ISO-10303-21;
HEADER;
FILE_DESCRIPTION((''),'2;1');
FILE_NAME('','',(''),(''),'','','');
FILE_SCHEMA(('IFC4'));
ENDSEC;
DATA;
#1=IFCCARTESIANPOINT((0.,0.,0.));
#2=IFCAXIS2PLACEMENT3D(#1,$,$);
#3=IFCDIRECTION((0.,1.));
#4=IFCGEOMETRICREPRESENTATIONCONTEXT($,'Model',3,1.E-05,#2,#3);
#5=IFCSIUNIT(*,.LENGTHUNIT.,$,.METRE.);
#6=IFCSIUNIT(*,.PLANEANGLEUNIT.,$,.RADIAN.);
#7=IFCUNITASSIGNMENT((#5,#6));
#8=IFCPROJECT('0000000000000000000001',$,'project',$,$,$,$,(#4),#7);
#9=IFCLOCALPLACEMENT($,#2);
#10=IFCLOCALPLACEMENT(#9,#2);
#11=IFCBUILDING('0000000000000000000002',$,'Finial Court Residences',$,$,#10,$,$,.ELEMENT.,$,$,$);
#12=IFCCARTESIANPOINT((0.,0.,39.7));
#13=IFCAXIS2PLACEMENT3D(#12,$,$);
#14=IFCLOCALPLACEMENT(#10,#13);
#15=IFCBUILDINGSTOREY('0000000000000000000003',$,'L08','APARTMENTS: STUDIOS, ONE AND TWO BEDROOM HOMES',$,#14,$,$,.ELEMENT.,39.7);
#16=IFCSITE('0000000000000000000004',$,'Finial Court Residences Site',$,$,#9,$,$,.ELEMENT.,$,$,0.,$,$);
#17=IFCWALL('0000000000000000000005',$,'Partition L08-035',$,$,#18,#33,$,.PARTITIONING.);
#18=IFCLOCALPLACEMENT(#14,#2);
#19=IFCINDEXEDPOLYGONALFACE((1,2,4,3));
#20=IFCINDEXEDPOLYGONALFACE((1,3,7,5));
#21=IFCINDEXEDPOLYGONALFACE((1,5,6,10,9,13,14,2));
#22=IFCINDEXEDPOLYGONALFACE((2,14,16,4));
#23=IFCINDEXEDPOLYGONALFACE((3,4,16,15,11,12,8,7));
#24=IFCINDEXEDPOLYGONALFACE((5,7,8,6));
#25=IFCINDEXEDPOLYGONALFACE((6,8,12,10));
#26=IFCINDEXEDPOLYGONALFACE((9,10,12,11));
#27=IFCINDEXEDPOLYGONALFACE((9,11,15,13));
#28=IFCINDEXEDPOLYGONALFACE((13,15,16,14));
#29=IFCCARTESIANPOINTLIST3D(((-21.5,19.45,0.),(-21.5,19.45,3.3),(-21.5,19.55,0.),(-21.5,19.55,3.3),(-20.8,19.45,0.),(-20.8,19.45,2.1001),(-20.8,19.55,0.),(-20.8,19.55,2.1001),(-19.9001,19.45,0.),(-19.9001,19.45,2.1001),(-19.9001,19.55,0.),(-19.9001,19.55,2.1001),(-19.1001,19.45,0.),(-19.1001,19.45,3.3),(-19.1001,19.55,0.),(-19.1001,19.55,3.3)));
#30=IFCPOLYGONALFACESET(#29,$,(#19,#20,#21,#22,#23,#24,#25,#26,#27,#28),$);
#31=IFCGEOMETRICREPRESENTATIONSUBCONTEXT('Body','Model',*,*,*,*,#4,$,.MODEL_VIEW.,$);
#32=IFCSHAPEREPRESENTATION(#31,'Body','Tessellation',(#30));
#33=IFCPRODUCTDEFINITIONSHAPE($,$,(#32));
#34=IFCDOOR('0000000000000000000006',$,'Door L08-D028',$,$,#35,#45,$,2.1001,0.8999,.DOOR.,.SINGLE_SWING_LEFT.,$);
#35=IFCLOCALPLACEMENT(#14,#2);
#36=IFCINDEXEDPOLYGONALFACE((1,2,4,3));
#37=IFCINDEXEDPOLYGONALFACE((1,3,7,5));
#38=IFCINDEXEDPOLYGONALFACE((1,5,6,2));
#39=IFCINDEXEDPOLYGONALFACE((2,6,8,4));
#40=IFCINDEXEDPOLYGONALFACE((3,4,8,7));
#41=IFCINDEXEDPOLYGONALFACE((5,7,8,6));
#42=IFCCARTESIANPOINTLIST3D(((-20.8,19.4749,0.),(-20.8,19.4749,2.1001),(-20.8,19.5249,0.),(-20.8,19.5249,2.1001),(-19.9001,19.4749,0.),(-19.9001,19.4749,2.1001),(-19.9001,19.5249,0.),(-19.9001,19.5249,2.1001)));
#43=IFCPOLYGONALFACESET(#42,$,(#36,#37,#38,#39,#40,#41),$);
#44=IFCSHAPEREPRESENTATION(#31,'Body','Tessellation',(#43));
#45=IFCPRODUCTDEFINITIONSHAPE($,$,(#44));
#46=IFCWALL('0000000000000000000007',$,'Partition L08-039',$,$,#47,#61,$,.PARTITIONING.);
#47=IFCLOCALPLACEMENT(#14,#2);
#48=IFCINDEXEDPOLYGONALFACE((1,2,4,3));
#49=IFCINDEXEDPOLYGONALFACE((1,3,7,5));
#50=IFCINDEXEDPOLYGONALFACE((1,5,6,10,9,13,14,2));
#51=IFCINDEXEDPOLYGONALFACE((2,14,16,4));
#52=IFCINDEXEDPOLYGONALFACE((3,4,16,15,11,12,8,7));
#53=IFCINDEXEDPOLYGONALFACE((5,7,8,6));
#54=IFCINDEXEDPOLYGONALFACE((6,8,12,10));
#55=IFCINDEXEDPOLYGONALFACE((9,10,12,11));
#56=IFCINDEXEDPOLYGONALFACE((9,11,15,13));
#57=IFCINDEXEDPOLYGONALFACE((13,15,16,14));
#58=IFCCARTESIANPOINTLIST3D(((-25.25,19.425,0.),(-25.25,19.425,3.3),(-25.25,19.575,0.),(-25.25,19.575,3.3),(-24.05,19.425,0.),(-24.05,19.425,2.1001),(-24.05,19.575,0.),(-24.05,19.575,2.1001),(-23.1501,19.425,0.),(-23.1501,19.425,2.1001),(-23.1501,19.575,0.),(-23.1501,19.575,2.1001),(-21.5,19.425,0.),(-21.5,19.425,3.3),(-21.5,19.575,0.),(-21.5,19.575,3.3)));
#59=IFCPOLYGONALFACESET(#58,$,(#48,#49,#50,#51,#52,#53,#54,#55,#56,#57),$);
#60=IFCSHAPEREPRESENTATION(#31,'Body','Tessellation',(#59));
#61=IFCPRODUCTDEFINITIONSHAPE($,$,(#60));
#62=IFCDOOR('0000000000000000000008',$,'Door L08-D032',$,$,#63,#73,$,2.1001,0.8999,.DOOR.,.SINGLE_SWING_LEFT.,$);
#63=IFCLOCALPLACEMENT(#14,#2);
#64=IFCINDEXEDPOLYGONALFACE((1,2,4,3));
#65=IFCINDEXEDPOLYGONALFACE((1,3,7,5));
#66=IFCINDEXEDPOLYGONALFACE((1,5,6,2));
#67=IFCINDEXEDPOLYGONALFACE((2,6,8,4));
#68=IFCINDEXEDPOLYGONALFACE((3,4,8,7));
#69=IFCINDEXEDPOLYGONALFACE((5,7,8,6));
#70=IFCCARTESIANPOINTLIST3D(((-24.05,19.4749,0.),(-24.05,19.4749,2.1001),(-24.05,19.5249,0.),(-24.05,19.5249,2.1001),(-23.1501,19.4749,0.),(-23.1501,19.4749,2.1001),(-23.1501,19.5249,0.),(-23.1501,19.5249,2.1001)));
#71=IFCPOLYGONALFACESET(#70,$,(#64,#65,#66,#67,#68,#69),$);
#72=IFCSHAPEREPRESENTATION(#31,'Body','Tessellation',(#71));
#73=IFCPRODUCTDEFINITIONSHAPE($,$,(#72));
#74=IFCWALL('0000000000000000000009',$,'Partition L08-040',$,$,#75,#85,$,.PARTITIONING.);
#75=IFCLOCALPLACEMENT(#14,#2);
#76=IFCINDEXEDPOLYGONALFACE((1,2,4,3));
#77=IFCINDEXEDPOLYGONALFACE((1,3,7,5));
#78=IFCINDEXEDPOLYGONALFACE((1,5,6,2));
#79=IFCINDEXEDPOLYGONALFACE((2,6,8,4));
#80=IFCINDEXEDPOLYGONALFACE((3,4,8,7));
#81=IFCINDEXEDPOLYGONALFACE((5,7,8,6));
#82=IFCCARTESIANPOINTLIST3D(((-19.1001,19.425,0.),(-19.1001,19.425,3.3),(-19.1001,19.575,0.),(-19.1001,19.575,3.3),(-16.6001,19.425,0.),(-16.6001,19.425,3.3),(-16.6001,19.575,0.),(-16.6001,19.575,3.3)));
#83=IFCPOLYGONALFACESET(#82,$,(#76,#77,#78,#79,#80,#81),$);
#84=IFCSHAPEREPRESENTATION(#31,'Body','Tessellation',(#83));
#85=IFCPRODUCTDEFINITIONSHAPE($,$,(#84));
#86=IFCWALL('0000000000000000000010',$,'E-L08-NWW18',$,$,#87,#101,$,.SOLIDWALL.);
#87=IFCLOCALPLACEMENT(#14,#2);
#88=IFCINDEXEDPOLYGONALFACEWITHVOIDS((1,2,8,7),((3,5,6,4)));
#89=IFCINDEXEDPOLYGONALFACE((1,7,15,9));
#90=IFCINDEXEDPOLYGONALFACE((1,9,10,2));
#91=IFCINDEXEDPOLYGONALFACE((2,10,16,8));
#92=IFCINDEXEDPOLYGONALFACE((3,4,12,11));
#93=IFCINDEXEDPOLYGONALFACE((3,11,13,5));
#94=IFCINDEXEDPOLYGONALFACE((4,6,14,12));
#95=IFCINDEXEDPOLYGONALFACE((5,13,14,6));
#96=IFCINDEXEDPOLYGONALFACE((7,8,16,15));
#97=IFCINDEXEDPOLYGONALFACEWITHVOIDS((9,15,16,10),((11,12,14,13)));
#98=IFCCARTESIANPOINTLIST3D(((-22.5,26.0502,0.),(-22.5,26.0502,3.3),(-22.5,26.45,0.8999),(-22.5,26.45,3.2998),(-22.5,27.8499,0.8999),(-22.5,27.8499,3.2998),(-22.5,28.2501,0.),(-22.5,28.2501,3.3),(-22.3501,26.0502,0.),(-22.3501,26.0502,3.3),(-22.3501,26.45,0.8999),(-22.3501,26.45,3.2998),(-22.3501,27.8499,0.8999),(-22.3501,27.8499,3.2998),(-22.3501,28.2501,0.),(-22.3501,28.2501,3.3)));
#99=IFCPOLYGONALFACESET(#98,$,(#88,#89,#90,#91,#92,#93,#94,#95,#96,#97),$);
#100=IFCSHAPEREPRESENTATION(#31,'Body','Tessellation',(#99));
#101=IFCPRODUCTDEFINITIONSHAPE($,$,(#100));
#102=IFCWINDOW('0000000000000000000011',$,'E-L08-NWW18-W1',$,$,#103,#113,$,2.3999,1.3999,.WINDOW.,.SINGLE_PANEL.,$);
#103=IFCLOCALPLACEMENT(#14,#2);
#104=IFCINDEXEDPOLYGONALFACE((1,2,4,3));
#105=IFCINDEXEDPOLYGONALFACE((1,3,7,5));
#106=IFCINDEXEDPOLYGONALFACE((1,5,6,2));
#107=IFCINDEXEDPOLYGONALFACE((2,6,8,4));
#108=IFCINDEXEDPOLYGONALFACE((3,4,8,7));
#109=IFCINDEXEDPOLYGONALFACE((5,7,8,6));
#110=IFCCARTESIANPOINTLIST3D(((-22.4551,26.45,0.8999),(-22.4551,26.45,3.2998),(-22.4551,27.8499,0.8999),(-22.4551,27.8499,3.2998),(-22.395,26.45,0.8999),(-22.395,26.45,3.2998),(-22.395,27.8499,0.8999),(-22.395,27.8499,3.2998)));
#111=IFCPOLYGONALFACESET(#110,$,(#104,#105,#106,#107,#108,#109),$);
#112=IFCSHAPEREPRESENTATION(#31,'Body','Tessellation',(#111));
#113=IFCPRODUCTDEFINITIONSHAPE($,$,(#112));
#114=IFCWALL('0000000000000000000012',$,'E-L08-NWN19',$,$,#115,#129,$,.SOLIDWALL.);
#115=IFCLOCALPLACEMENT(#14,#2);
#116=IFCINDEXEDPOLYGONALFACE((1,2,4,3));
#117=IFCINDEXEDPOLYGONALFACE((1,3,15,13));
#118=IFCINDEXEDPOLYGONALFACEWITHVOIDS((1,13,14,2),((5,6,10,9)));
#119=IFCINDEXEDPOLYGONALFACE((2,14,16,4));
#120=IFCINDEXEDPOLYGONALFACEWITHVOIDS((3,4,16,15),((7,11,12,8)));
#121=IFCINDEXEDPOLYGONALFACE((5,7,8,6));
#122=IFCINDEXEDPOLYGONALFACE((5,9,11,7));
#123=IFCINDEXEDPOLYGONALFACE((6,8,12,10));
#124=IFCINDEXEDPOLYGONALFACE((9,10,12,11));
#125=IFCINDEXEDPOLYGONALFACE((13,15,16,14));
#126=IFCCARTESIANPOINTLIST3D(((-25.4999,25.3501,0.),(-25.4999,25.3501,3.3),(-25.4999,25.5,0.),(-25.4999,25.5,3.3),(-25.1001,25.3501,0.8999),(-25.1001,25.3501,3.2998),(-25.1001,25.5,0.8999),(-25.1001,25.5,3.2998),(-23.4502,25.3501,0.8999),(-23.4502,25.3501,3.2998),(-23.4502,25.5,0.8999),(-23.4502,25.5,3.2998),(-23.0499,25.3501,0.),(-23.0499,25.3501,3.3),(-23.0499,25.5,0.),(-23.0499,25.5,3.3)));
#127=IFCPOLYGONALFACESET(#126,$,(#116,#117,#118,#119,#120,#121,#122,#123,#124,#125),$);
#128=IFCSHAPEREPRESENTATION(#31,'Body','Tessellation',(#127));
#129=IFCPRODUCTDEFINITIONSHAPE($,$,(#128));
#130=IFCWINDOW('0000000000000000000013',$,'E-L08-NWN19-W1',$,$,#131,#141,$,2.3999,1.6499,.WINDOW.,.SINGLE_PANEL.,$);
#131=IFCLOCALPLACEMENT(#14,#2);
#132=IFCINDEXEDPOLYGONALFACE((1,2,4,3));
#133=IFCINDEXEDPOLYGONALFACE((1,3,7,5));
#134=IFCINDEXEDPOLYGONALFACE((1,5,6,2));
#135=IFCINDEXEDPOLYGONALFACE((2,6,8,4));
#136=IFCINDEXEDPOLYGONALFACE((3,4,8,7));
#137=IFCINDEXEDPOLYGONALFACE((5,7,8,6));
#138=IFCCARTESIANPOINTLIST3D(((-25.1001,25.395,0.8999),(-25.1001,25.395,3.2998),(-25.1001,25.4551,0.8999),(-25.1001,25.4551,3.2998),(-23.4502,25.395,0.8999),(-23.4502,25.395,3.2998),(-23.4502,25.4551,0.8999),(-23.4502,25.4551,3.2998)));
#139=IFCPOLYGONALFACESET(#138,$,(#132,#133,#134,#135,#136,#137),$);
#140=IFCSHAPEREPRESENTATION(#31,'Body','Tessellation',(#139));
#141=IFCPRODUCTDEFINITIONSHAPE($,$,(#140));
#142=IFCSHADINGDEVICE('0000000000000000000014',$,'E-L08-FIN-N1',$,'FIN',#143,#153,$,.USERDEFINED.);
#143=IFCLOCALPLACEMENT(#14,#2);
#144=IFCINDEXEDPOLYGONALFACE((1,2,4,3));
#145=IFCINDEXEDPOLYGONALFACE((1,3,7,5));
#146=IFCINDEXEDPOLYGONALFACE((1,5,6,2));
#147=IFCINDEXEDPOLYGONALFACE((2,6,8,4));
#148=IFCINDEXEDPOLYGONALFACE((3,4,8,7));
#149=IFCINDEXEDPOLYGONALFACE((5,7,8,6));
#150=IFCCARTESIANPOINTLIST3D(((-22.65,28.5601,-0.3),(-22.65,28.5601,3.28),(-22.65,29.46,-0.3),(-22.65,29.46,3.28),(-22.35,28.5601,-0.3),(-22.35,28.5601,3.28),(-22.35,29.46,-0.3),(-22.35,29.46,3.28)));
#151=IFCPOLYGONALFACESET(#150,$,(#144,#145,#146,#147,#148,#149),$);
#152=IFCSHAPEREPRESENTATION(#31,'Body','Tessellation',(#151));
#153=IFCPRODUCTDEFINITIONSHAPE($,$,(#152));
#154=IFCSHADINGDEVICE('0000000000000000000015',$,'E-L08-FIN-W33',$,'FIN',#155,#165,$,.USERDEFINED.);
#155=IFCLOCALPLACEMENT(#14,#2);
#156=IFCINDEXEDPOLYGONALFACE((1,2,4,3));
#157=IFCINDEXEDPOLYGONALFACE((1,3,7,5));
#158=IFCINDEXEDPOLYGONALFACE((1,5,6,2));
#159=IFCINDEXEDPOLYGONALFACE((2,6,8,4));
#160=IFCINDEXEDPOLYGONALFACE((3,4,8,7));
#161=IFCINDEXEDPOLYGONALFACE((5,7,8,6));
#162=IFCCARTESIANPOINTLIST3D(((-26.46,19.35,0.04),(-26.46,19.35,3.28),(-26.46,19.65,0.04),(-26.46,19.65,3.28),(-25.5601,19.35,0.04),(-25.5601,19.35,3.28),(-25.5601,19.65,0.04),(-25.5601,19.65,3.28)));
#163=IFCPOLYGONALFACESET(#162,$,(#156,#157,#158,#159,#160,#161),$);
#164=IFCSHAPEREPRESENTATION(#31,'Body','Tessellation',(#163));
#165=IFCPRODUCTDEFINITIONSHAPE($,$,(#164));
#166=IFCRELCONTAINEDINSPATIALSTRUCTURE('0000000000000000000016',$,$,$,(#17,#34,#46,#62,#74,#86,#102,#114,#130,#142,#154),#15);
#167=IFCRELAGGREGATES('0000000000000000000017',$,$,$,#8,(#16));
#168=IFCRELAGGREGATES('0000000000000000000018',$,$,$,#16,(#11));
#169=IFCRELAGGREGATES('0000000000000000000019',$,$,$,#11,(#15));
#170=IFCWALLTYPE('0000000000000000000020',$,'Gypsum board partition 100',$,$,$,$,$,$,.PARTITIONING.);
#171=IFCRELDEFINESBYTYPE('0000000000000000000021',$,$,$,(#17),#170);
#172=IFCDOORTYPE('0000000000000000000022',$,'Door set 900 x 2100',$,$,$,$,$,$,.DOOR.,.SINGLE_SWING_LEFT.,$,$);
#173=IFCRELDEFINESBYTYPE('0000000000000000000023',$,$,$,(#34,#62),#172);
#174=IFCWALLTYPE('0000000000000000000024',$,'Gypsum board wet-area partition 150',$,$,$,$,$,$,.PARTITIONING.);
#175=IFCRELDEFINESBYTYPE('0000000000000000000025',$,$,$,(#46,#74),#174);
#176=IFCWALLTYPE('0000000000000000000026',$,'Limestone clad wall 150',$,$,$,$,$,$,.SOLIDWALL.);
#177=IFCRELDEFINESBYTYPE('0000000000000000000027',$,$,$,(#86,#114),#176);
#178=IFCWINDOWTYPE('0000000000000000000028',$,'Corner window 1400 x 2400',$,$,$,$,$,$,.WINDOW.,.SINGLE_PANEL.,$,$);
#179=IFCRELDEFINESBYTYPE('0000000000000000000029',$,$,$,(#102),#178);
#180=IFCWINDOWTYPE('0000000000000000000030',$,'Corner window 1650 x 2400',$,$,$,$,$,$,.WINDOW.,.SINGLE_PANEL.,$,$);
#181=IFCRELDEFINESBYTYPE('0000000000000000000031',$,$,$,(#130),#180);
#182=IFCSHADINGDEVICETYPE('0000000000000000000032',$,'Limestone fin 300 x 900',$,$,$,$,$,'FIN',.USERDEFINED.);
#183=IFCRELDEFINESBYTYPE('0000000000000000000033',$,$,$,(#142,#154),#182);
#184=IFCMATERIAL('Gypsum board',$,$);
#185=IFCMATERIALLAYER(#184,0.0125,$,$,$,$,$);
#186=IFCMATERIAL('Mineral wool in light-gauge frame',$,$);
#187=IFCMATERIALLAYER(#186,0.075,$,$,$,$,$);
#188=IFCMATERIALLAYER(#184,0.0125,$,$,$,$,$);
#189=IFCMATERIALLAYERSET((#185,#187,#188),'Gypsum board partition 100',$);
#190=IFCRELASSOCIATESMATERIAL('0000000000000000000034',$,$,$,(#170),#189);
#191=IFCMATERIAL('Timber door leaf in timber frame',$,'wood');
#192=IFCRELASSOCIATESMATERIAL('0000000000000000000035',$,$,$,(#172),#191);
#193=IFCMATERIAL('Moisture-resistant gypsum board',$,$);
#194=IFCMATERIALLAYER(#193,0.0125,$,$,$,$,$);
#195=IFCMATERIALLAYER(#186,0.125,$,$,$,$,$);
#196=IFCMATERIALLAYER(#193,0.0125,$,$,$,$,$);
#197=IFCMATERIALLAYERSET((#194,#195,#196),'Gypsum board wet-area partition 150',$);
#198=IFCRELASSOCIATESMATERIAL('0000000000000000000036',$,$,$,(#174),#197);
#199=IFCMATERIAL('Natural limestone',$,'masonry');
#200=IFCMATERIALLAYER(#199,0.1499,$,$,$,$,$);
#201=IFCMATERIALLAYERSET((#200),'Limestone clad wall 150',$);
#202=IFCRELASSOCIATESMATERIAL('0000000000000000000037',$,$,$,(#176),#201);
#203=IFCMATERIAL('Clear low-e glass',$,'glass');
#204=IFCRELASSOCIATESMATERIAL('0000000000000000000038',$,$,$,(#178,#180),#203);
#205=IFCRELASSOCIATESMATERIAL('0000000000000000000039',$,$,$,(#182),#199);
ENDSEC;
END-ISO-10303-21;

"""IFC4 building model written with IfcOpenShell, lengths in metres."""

from ifc_helpers import new_model, si_unit, direction, frame, frame_2d, origin, origin_2d, place, context, subcontext, project, spatial, rectangle, extrude, material, layer, layer_set, type_object, element, fill, save


model = new_model("IFC4")

# Units and contexts
model_context = context("Model", 3, precision=1e-05, world=origin(), true_north=direction((0.0, 1.0)))
body_context = subcontext(model_context, "Body", "Model", "MODEL_VIEW")
ifc_project = project(units=[si_unit("LENGTHUNIT", "METRE"), si_unit("PLANEANGLEUNIT", "RADIAN")], contexts=[model_context])

# Site, building, storey
site_placement = place(None, origin())
site = spatial("IfcSite", under=ifc_project, at=site_placement, Name="Finial Court Residences Site", CompositionType="ELEMENT", RefElevation=0.0)
building_placement = place(site_placement, origin())
building = spatial("IfcBuilding", under=site, at=building_placement, Name="Finial Court Residences", CompositionType="ELEMENT")
storey_placement = place(building_placement, frame((0.0, 0.0, 39.7)))
storey = spatial("IfcBuildingStorey", under=building, at=storey_placement, Name="L08", Description="APARTMENTS: STUDIOS, ONE AND TWO BEDROOM HOMES", CompositionType="ELEMENT", Elevation=39.7)

# Shared definitions
ifc_material_1 = material(Name="Clear low-e glass", Category="glass")

# Walls, openings, doors
ifc_material_2 = material(Name="Gypsum board")
ifc_layer_1 = layer(ifc_material_2, 0.0125)
ifc_material_3 = material(Name="Mineral wool in light-gauge frame")
ifc_layer_2 = layer(ifc_material_3, 0.075)
ifc_layer_3 = layer(ifc_material_2, 0.0125)
ifc_layer_set_1 = layer_set([ifc_layer_1, ifc_layer_2, ifc_layer_3], Name="Gypsum board partition 100")
wall_type_1 = type_object("IfcWallType", Name="Gypsum board partition 100", PredefinedType="PARTITIONING", material=ifc_layer_set_1)
wall_1_placement = place(storey_placement, frame((-21.5, 19.5, 0.0), z_axis=(0.0, 0.0, 1.0), x_axis=(1.0, 0.0, 0.0)))
wall_1 = element("IfcWall", 1, at=wall_1_placement, inside=storey, type_object=wall_type_1, Name="Partition L08-035", PredefinedType="PARTITIONING", context=body_context, shape_type="SweptSolid", body=[
    extrude(rectangle(XDim=2.3999, YDim=0.1001, at=frame_2d((1.2, 0.0))), origin(), (0.0, 0.0, 1.0), 3.3),
])
opening_1_placement = place(wall_1_placement, frame((0.7, 0.0, 0.0)))
opening_1 = element("IfcOpeningElement", 2, at=opening_1_placement, cuts=wall_1, PredefinedType="OPENING", context=body_context, shape_type="SweptSolid", body=[
    extrude(rectangle(XDim=0.8999, YDim=2.1001, at=frame_2d((0.45, 1.05))), frame((0.0, 0.0601, 0.0), z_axis=(0.0, -1.0, 0.0), x_axis=(1.0, 0.0, 0.0)), (0.0, 0.0, 1.0), 0.1201),
])
ifc_material_4 = material(Name="Timber door leaf in timber frame", Category="wood")
door_type = type_object("IfcDoorType", Name="Door set 900 x 2100", OperationType="SINGLE_SWING_LEFT", PredefinedType="DOOR", material=ifc_material_4)
door_1_placement = place(opening_1_placement, origin())
door_1 = element("IfcDoor", 3, at=door_1_placement, inside=storey, type_object=door_type, Name="Door L08-D028", OperationType="SINGLE_SWING_LEFT", OverallHeight=2.1001, OverallWidth=0.8999, PredefinedType="DOOR", context=body_context, shape_type="SweptSolid", body=[
    extrude(rectangle(XDim=0.8999, YDim=2.1001, at=frame_2d((0.45, 1.05))), frame((0.0, 0.0249, 0.0), z_axis=(0.0, -1.0, 0.0), x_axis=(1.0, 0.0, 0.0)), (0.0, 0.0, 1.0), 0.05),
])
fill(opening_1, door_1)
ifc_material_5 = material(Name="Moisture-resistant gypsum board")
ifc_layer_4 = layer(ifc_material_5, 0.0125)
ifc_layer_5 = layer(ifc_material_3, 0.125)
ifc_layer_6 = layer(ifc_material_5, 0.0125)
ifc_layer_set_2 = layer_set([ifc_layer_4, ifc_layer_5, ifc_layer_6], Name="Gypsum board wet-area partition 150")
wall_type_2 = type_object("IfcWallType", Name="Gypsum board wet-area partition 150", PredefinedType="PARTITIONING", material=ifc_layer_set_2)
wall_2_placement = place(storey_placement, frame((-25.25, 19.5, 0.0), z_axis=(0.0, 0.0, 1.0), x_axis=(1.0, 0.0, 0.0)))
wall_2 = element("IfcWall", 4, at=wall_2_placement, inside=storey, type_object=wall_type_2, Name="Partition L08-039", PredefinedType="PARTITIONING", context=body_context, shape_type="SweptSolid", body=[
    extrude(rectangle(XDim=3.75, YDim=0.1499, at=frame_2d((1.875, 0.0))), origin(), (0.0, 0.0, 1.0), 3.3),
])
opening_2_placement = place(wall_2_placement, frame((1.2, 0.0, 0.0)))
opening_2 = element("IfcOpeningElement", 5, at=opening_2_placement, cuts=wall_2, PredefinedType="OPENING", context=body_context, shape_type="SweptSolid", body=[
    extrude(rectangle(XDim=0.8999, YDim=2.1001, at=frame_2d((0.45, 1.05))), frame((0.0, 0.085, 0.0), z_axis=(0.0, -1.0, 0.0), x_axis=(1.0, 0.0, 0.0)), (0.0, 0.0, 1.0), 0.1699),
])
door_2_placement = place(opening_2_placement, origin())
door_2 = element("IfcDoor", 6, at=door_2_placement, inside=storey, type_object=door_type, Name="Door L08-D032", OperationType="SINGLE_SWING_LEFT", OverallHeight=2.1001, OverallWidth=0.8999, PredefinedType="DOOR", context=body_context, shape_type="SweptSolid", body=[
    extrude(rectangle(XDim=0.8999, YDim=2.1001, at=frame_2d((0.45, 1.05))), frame((0.0, 0.0249, 0.0), z_axis=(0.0, -1.0, 0.0), x_axis=(1.0, 0.0, 0.0)), (0.0, 0.0, 1.0), 0.05),
])
fill(opening_2, door_2)

# Wall
wall_3_placement = place(storey_placement, frame((-19.1001, 19.5, 0.0), z_axis=(0.0, 0.0, 1.0), x_axis=(1.0, 0.0, 0.0)))
element("IfcWall", 7, at=wall_3_placement, inside=storey, type_object=wall_type_2, Name="Partition L08-040", PredefinedType="PARTITIONING", context=body_context, shape_type="SweptSolid", body=[
    extrude(rectangle(XDim=2.5, YDim=0.1499, at=frame_2d((1.25, 0.0))), origin(), (0.0, 0.0, 1.0), 3.3),
])

# Walls, openings, windows
ifc_material_6 = material(Name="Natural limestone", Category="masonry")
ifc_layer_7 = layer(ifc_material_6, 0.1499)
ifc_layer_set_3 = layer_set([ifc_layer_7], Name="Limestone clad wall 150")
wall_type_3 = type_object("IfcWallType", Name="Limestone clad wall 150", PredefinedType="SOLIDWALL", material=ifc_layer_set_3)
wall_4_placement = place(storey_placement, frame((-22.425, 26.05, 0.0), z_axis=(0.0, 0.0, 1.0), x_axis=(0.0, 1.0, 0.0)))
wall_4 = element("IfcWall", 8, at=wall_4_placement, inside=storey, type_object=wall_type_3, Name="E-L08-NWW18", PredefinedType="SOLIDWALL", context=body_context, shape_type="SweptSolid", body=[
    extrude(rectangle(XDim=2.2, YDim=0.1499, at=frame_2d((1.1001, 0.0))), origin(), (0.0, 0.0, 1.0), 3.3),
])
opening_3_placement = place(wall_4_placement, frame((0.3999, 0.0, 0.8999)))
opening_3 = element("IfcOpeningElement", 9, at=opening_3_placement, cuts=wall_4, PredefinedType="OPENING", context=body_context, shape_type="SweptSolid", body=[
    extrude(rectangle(XDim=1.3999, YDim=2.3999, at=frame_2d((0.7, 1.2))), frame((0.0, 0.085, 0.0), z_axis=(0.0, -1.0, 0.0), x_axis=(1.0, 0.0, 0.0)), (0.0, 0.0, 1.0), 0.1699),
])
window_type_1 = type_object("IfcWindowType", Name="Corner window 1400 x 2400", PartitioningType="SINGLE_PANEL", PredefinedType="WINDOW", material=ifc_material_1)
window_1_placement = place(opening_3_placement, origin())
window_1 = element("IfcWindow", 10, at=window_1_placement, inside=storey, type_object=window_type_1, Name="E-L08-NWW18-W1", OverallHeight=2.3999, OverallWidth=1.3999, PartitioningType="SINGLE_PANEL", PredefinedType="WINDOW", context=body_context, shape_type="SweptSolid", body=[
    extrude(rectangle(XDim=1.3999, YDim=2.3999, at=frame_2d((0.7, 1.2))), frame((0.0, 0.03, 0.0), z_axis=(0.0, -1.0, 0.0), x_axis=(1.0, 0.0, 0.0)), (0.0, 0.0, 1.0), 0.0601),
])
fill(opening_3, window_1)
wall_5_placement = place(storey_placement, frame((-25.5, 25.425, 0.0), z_axis=(0.0, 0.0, 1.0), x_axis=(1.0, 0.0, 0.0)))
wall_5 = element("IfcWall", 11, at=wall_5_placement, inside=storey, type_object=wall_type_3, Name="E-L08-NWN19", PredefinedType="SOLIDWALL", context=body_context, shape_type="SweptSolid", body=[
    extrude(rectangle(XDim=2.45, YDim=0.1499, at=frame_2d((1.2251, 0.0))), origin(), (0.0, 0.0, 1.0), 3.3),
])
opening_4_placement = place(wall_5_placement, frame((0.3999, 0.0, 0.8999)))
opening_4 = element("IfcOpeningElement", 12, at=opening_4_placement, cuts=wall_5, PredefinedType="OPENING", context=body_context, shape_type="SweptSolid", body=[
    extrude(rectangle(XDim=1.6499, YDim=2.3999, at=frame_2d((0.825, 1.2))), frame((0.0, 0.085, 0.0), z_axis=(0.0, -1.0, 0.0), x_axis=(1.0, 0.0, 0.0)), (0.0, 0.0, 1.0), 0.1699),
])
window_type_2 = type_object("IfcWindowType", Name="Corner window 1650 x 2400", PartitioningType="SINGLE_PANEL", PredefinedType="WINDOW", material=ifc_material_1)
window_2_placement = place(opening_4_placement, origin())
window_2 = element("IfcWindow", 13, at=window_2_placement, inside=storey, type_object=window_type_2, Name="E-L08-NWN19-W1", OverallHeight=2.3999, OverallWidth=1.6499, PartitioningType="SINGLE_PANEL", PredefinedType="WINDOW", context=body_context, shape_type="SweptSolid", body=[
    extrude(rectangle(XDim=1.6499, YDim=2.3999, at=frame_2d((0.825, 1.2))), frame((0.0, 0.03, 0.0), z_axis=(0.0, -1.0, 0.0), x_axis=(1.0, 0.0, 0.0)), (0.0, 0.0, 1.0), 0.0601),
])
fill(opening_4, window_2)

# Shading devices
shading_device_type = type_object("IfcShadingDeviceType", Name="Limestone fin 300 x 900", ElementType="FIN", PredefinedType="USERDEFINED", material=ifc_material_6)
shading_device_1_placement = place(storey_placement, frame((-22.5, 29.01, -0.3), z_axis=(0.0, 0.0, 1.0), x_axis=(1.0, 0.0, 0.0)))
element("IfcShadingDevice", 14, at=shading_device_1_placement, inside=storey, type_object=shading_device_type, Name="E-L08-FIN-N1", ObjectType="FIN", PredefinedType="USERDEFINED", context=body_context, shape_type="SweptSolid", body=[
    extrude(rectangle(XDim=0.3, YDim=0.8999, at=origin_2d()), origin(), (0.0, 0.0, 1.0), 3.5801),
])
shading_device_2_placement = place(storey_placement, frame((-26.01, 19.5, 0.04), z_axis=(0.0, 0.0, 1.0), x_axis=(1.0, 0.0, 0.0)))
element("IfcShadingDevice", 15, at=shading_device_2_placement, inside=storey, type_object=shading_device_type, Name="E-L08-FIN-W33", ObjectType="FIN", PredefinedType="USERDEFINED", context=body_context, shape_type="SweptSolid", body=[
    extrude(rectangle(XDim=0.8999, YDim=0.3, at=origin_2d()), origin(), (0.0, 0.0, 1.0), 3.24),
])

save(model, "model.ifc")
